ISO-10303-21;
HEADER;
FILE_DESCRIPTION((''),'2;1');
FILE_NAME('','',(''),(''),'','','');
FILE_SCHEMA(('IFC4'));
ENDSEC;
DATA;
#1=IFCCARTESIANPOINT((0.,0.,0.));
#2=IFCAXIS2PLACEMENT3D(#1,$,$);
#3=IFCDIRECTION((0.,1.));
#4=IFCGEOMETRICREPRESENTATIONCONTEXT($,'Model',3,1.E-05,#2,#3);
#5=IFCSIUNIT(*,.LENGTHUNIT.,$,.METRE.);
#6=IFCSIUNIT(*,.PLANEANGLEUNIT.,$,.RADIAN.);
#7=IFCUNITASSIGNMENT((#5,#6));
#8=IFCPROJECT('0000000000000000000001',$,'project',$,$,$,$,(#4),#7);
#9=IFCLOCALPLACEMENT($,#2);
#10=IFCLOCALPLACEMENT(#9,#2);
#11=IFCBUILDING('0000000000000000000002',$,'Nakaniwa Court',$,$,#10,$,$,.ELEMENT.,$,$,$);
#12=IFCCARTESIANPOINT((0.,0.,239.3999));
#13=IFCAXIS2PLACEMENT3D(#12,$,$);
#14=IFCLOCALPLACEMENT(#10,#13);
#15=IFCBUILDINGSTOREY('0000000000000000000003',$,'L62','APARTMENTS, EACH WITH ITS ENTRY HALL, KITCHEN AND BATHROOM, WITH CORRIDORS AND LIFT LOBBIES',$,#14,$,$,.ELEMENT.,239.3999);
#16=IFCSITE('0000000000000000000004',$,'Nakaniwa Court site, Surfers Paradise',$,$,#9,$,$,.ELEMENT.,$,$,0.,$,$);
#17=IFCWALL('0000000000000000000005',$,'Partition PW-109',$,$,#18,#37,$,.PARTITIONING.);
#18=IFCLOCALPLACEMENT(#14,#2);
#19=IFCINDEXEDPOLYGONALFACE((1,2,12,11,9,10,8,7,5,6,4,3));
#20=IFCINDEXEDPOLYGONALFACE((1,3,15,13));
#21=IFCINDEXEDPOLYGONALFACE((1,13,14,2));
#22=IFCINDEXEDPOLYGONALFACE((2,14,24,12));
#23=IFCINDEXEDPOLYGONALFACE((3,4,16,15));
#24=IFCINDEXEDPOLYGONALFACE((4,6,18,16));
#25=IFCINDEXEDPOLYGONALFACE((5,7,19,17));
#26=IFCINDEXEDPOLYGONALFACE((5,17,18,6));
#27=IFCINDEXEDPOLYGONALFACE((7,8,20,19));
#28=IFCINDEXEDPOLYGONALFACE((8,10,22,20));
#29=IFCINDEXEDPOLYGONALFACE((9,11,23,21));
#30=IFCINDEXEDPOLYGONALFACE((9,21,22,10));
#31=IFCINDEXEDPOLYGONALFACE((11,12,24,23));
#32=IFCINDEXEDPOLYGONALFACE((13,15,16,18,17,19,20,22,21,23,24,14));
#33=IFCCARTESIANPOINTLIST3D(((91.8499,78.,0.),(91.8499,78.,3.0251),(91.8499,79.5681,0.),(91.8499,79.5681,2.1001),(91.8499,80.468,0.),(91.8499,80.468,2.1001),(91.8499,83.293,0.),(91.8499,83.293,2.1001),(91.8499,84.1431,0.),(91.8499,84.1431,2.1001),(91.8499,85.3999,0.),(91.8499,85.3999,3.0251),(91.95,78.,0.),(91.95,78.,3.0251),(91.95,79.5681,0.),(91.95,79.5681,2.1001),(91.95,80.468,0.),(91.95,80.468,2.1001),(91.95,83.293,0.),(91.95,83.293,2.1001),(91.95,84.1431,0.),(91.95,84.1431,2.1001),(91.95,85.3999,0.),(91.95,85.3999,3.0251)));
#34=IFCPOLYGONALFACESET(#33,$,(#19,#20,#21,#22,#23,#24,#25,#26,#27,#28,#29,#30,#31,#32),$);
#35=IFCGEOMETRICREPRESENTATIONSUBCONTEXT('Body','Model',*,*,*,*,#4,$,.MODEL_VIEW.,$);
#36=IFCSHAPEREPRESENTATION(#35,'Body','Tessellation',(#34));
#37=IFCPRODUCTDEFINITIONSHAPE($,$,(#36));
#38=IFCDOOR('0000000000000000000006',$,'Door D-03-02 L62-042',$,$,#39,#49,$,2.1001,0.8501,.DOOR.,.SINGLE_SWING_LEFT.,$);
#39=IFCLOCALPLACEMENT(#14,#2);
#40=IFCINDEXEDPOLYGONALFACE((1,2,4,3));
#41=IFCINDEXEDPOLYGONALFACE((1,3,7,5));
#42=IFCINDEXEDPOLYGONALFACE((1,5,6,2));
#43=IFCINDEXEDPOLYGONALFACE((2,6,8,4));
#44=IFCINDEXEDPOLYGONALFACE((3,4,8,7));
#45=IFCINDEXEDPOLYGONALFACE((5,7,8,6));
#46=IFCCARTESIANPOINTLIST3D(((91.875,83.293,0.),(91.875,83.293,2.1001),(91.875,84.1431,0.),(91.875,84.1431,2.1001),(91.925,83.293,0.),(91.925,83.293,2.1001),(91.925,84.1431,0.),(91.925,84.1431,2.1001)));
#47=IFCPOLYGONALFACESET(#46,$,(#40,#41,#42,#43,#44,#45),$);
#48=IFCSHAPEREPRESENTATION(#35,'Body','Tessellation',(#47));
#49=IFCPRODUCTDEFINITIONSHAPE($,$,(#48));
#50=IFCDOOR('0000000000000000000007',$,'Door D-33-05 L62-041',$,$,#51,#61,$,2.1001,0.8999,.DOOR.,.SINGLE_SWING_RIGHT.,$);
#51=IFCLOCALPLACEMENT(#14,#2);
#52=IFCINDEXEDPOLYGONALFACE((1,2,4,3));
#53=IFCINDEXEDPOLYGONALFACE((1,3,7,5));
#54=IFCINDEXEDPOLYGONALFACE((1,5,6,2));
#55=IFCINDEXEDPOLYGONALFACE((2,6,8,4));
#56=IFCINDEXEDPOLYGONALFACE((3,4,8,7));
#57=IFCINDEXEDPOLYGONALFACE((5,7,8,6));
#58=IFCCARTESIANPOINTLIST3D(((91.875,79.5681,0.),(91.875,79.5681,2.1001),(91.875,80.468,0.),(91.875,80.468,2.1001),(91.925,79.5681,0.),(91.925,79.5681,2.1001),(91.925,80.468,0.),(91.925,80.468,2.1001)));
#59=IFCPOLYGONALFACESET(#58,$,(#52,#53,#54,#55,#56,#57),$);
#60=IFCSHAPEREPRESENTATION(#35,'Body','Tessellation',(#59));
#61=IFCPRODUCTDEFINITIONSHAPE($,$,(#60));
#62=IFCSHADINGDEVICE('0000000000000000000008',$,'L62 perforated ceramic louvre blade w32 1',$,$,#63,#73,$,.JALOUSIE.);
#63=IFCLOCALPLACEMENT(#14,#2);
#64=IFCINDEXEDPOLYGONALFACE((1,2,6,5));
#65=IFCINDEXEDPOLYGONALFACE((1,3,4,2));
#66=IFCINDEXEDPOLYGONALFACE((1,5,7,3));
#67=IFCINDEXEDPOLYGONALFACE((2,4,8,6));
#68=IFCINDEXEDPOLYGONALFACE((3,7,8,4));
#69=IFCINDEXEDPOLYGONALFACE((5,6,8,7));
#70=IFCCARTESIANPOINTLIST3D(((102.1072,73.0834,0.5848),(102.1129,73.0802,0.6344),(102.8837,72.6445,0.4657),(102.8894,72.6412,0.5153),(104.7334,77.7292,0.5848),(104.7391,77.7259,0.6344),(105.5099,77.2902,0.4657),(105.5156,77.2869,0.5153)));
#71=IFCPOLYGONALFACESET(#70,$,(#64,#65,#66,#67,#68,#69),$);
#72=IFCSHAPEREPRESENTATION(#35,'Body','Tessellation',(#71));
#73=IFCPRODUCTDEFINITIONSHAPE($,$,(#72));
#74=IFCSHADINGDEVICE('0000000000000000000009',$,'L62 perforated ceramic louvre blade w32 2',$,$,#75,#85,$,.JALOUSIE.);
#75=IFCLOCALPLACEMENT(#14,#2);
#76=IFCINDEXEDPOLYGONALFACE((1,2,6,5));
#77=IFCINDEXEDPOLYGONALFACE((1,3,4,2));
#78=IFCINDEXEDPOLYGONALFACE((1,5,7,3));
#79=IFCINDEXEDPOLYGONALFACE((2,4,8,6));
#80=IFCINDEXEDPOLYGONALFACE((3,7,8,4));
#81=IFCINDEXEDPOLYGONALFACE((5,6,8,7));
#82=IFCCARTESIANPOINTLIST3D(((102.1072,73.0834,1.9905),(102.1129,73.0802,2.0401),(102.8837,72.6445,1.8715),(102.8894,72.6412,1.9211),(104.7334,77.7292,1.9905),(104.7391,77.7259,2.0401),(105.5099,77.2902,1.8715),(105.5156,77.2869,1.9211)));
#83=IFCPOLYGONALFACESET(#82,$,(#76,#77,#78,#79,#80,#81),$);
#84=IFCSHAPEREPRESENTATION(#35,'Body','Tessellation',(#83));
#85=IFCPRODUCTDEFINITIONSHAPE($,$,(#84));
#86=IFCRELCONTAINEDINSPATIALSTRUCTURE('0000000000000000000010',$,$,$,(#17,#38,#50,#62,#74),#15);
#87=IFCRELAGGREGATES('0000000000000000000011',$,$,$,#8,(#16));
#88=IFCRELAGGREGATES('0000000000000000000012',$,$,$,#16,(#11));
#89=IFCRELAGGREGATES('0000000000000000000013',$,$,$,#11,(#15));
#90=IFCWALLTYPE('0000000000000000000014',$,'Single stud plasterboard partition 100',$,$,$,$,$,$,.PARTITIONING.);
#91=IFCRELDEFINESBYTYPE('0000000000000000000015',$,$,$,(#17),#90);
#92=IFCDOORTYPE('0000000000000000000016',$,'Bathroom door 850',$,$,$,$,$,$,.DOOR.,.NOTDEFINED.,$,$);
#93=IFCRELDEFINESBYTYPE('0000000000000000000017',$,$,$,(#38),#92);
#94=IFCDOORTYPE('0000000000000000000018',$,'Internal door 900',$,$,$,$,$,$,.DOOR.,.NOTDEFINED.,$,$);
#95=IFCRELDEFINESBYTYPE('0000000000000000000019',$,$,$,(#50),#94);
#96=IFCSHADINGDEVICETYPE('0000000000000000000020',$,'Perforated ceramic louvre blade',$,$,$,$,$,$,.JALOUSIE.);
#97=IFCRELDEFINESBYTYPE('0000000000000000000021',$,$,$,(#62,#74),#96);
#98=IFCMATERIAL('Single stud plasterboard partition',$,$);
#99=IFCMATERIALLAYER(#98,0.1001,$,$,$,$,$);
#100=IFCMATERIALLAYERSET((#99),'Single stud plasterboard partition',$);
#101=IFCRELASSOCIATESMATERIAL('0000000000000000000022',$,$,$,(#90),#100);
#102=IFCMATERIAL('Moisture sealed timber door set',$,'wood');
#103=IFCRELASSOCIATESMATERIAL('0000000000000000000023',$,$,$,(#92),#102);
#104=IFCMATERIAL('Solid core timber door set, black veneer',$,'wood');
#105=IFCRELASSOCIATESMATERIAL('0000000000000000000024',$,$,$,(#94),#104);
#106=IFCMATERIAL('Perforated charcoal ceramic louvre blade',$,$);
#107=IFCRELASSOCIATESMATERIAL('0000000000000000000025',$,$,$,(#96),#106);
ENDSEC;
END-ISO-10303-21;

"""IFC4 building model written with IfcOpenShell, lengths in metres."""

from ifc_helpers import new_model, si_unit, direction, frame, frame_2d, origin, origin_2d, place, context, subcontext, project, spatial, rectangle, extrude, material, layer, layer_set, material_profile, profile_set, type_object, element, fill, save


model = new_model("IFC4")

# Units and contexts
model_context = context("Model", 3, precision=1e-05, world=origin(), true_north=direction((0.0, 1.0)))
body_context = subcontext(model_context, "Body", "Model", "MODEL_VIEW")
ifc_project = project(units=[si_unit("LENGTHUNIT", "METRE"), si_unit("PLANEANGLEUNIT", "RADIAN")], contexts=[model_context])

# Site, building, storey
site_placement = place(None, origin())
site = spatial("IfcSite", under=ifc_project, at=site_placement, Name="Nakaniwa Court site, Surfers Paradise", CompositionType="ELEMENT", RefElevation=0.0)
building_placement = place(site_placement, origin())
building = spatial("IfcBuilding", under=site, at=building_placement, Name="Nakaniwa Court", CompositionType="ELEMENT")
storey_placement = place(building_placement, frame((0.0, 0.0, 239.3999)))
storey = spatial("IfcBuildingStorey", under=building, at=storey_placement, Name="L62", Description="APARTMENTS, EACH WITH ITS ENTRY HALL, KITCHEN AND BATHROOM, WITH CORRIDORS AND LIFT LOBBIES", CompositionType="ELEMENT", Elevation=239.3999)

# Shared definitions
ifc_material_1 = material(Name="Solid core timber door set, black veneer", Category="wood")

# Shared definitions
ifc_material_2 = material(Name="Single stud plasterboard partition")
ifc_layer_1 = layer(ifc_material_2, 0.1001)
ifc_layer_set_1 = layer_set([ifc_layer_1], Name="Single stud plasterboard partition")
wall_type_1 = type_object("IfcWallType", Name="Single stud plasterboard partition 100", PredefinedType="PARTITIONING", material=ifc_layer_set_1)

# Wall, openings, doors
wall_1_placement = place(storey_placement, frame((91.8999, 78.0, 0.0), z_axis=(0.0, 0.0, 1.0), x_axis=(0.0, 1.0, 0.0)))
wall_1 = element("IfcWall", 1, at=wall_1_placement, inside=storey, type_object=wall_type_1, Name="Partition PW-109", PredefinedType="PARTITIONING", context=body_context, shape_type="SweptSolid", body=[
    extrude(rectangle(XDim=7.3999, YDim=0.1001, at=frame_2d((3.7, 0.0))), origin(), (0.0, 0.0, 1.0), 3.0251),
])
opening_1_placement = place(wall_1_placement, frame((1.5681, 0.0, 0.0)))
opening_1 = element("IfcOpeningElement", 2, at=opening_1_placement, cuts=wall_1, PredefinedType="OPENING", context=body_context, shape_type="SweptSolid", body=[
    extrude(rectangle(XDim=0.8999, YDim=2.1001, at=frame_2d((0.45, 1.05))), frame((0.0, 0.0601, 0.0), z_axis=(0.0, -1.0, 0.0), x_axis=(1.0, 0.0, 0.0)), (0.0, 0.0, 1.0), 0.1201),
])
opening_2_placement = place(wall_1_placement, frame((5.293, 0.0, 0.0)))
opening_2 = element("IfcOpeningElement", 3, at=opening_2_placement, cuts=wall_1, PredefinedType="OPENING", context=body_context, shape_type="SweptSolid", body=[
    extrude(rectangle(XDim=0.8501, YDim=2.1001, at=frame_2d((0.425, 1.05))), frame((0.0, 0.0601, 0.0), z_axis=(0.0, -1.0, 0.0), x_axis=(1.0, 0.0, 0.0)), (0.0, 0.0, 1.0), 0.1201),
])
ifc_material_3 = material(Name="Moisture sealed timber door set", Category="wood")
door_type_1 = type_object("IfcDoorType", Name="Bathroom door 850", OperationType="NOTDEFINED", PredefinedType="DOOR", material=ifc_material_3)
door_1_placement = place(opening_2_placement, origin())
door_1 = element("IfcDoor", 4, at=door_1_placement, inside=storey, type_object=door_type_1, Name="Door D-03-02 L62-042", OperationType="SINGLE_SWING_LEFT", OverallHeight=2.1001, OverallWidth=0.8501, PredefinedType="DOOR", context=body_context, shape_type="SweptSolid", body=[
    extrude(rectangle(XDim=0.8501, YDim=2.1001, at=frame_2d((0.425, 1.05))), frame((0.0, 0.0249, 0.0), z_axis=(0.0, -1.0, 0.0), x_axis=(1.0, 0.0, 0.0)), (0.0, 0.0, 1.0), 0.05),
])
fill(opening_2, door_1)
door_type_2 = type_object("IfcDoorType", Name="Internal door 900", OperationType="NOTDEFINED", PredefinedType="DOOR", material=ifc_material_1)
door_2_placement = place(opening_1_placement, origin())
door_2 = element("IfcDoor", 5, at=door_2_placement, inside=storey, type_object=door_type_2, Name="Door D-33-05 L62-041", OperationType="SINGLE_SWING_RIGHT", OverallHeight=2.1001, OverallWidth=0.8999, PredefinedType="DOOR", context=body_context, shape_type="SweptSolid", body=[
    extrude(rectangle(XDim=0.8999, YDim=2.1001, at=frame_2d((0.45, 1.05))), frame((0.0, 0.0249, 0.0), z_axis=(0.0, -1.0, 0.0), x_axis=(1.0, 0.0, 0.0)), (0.0, 0.0, 1.0), 0.05),
])
fill(opening_1, door_2)

# Shading devices
ifc_material_4 = material(Name="Perforated charcoal ceramic louvre blade")
ifc_material_profile_1 = material_profile(ifc_material_4, rectangle(XDim=0.8999, YDim=0.05, at=origin_2d()), Name="Perforated ceramic louvre blade")
ifc_profile_set_1 = profile_set([ifc_material_profile_1], Name="Perforated charcoal ceramic louvre blade")
shading_device_type = type_object("IfcShadingDeviceType", Name="Perforated ceramic louvre blade", PredefinedType="JALOUSIE", material=ifc_profile_set_1)
for number, where, z_axis, x_axis, name in (
    (6, (102.4983, 72.8623, 0.55), (0.492109, 0.870534, 0.0), (-0.862887, 0.487786, 0.132256), "L62 perforated ceramic louvre blade w32 1"),
    (7, (102.4983, 72.8623, 1.9558), (0.492109, 0.870534, 0.0), (-0.862887, 0.487786, 0.132256), "L62 perforated ceramic louvre blade w32 2"),
):
    element("IfcShadingDevice", number, at=place(storey_placement, frame(where, z_axis=z_axis, x_axis=x_axis)), inside=storey, type_object=shading_device_type, Name=name, PredefinedType="JALOUSIE", context=body_context, shape_type="SweptSolid", body=[
        extrude(rectangle(XDim=0.8999, YDim=0.05, at=origin_2d()), origin(), (0.0, 0.0, 1.0), 5.3367),
    ])

save(model, "model.ifc")
